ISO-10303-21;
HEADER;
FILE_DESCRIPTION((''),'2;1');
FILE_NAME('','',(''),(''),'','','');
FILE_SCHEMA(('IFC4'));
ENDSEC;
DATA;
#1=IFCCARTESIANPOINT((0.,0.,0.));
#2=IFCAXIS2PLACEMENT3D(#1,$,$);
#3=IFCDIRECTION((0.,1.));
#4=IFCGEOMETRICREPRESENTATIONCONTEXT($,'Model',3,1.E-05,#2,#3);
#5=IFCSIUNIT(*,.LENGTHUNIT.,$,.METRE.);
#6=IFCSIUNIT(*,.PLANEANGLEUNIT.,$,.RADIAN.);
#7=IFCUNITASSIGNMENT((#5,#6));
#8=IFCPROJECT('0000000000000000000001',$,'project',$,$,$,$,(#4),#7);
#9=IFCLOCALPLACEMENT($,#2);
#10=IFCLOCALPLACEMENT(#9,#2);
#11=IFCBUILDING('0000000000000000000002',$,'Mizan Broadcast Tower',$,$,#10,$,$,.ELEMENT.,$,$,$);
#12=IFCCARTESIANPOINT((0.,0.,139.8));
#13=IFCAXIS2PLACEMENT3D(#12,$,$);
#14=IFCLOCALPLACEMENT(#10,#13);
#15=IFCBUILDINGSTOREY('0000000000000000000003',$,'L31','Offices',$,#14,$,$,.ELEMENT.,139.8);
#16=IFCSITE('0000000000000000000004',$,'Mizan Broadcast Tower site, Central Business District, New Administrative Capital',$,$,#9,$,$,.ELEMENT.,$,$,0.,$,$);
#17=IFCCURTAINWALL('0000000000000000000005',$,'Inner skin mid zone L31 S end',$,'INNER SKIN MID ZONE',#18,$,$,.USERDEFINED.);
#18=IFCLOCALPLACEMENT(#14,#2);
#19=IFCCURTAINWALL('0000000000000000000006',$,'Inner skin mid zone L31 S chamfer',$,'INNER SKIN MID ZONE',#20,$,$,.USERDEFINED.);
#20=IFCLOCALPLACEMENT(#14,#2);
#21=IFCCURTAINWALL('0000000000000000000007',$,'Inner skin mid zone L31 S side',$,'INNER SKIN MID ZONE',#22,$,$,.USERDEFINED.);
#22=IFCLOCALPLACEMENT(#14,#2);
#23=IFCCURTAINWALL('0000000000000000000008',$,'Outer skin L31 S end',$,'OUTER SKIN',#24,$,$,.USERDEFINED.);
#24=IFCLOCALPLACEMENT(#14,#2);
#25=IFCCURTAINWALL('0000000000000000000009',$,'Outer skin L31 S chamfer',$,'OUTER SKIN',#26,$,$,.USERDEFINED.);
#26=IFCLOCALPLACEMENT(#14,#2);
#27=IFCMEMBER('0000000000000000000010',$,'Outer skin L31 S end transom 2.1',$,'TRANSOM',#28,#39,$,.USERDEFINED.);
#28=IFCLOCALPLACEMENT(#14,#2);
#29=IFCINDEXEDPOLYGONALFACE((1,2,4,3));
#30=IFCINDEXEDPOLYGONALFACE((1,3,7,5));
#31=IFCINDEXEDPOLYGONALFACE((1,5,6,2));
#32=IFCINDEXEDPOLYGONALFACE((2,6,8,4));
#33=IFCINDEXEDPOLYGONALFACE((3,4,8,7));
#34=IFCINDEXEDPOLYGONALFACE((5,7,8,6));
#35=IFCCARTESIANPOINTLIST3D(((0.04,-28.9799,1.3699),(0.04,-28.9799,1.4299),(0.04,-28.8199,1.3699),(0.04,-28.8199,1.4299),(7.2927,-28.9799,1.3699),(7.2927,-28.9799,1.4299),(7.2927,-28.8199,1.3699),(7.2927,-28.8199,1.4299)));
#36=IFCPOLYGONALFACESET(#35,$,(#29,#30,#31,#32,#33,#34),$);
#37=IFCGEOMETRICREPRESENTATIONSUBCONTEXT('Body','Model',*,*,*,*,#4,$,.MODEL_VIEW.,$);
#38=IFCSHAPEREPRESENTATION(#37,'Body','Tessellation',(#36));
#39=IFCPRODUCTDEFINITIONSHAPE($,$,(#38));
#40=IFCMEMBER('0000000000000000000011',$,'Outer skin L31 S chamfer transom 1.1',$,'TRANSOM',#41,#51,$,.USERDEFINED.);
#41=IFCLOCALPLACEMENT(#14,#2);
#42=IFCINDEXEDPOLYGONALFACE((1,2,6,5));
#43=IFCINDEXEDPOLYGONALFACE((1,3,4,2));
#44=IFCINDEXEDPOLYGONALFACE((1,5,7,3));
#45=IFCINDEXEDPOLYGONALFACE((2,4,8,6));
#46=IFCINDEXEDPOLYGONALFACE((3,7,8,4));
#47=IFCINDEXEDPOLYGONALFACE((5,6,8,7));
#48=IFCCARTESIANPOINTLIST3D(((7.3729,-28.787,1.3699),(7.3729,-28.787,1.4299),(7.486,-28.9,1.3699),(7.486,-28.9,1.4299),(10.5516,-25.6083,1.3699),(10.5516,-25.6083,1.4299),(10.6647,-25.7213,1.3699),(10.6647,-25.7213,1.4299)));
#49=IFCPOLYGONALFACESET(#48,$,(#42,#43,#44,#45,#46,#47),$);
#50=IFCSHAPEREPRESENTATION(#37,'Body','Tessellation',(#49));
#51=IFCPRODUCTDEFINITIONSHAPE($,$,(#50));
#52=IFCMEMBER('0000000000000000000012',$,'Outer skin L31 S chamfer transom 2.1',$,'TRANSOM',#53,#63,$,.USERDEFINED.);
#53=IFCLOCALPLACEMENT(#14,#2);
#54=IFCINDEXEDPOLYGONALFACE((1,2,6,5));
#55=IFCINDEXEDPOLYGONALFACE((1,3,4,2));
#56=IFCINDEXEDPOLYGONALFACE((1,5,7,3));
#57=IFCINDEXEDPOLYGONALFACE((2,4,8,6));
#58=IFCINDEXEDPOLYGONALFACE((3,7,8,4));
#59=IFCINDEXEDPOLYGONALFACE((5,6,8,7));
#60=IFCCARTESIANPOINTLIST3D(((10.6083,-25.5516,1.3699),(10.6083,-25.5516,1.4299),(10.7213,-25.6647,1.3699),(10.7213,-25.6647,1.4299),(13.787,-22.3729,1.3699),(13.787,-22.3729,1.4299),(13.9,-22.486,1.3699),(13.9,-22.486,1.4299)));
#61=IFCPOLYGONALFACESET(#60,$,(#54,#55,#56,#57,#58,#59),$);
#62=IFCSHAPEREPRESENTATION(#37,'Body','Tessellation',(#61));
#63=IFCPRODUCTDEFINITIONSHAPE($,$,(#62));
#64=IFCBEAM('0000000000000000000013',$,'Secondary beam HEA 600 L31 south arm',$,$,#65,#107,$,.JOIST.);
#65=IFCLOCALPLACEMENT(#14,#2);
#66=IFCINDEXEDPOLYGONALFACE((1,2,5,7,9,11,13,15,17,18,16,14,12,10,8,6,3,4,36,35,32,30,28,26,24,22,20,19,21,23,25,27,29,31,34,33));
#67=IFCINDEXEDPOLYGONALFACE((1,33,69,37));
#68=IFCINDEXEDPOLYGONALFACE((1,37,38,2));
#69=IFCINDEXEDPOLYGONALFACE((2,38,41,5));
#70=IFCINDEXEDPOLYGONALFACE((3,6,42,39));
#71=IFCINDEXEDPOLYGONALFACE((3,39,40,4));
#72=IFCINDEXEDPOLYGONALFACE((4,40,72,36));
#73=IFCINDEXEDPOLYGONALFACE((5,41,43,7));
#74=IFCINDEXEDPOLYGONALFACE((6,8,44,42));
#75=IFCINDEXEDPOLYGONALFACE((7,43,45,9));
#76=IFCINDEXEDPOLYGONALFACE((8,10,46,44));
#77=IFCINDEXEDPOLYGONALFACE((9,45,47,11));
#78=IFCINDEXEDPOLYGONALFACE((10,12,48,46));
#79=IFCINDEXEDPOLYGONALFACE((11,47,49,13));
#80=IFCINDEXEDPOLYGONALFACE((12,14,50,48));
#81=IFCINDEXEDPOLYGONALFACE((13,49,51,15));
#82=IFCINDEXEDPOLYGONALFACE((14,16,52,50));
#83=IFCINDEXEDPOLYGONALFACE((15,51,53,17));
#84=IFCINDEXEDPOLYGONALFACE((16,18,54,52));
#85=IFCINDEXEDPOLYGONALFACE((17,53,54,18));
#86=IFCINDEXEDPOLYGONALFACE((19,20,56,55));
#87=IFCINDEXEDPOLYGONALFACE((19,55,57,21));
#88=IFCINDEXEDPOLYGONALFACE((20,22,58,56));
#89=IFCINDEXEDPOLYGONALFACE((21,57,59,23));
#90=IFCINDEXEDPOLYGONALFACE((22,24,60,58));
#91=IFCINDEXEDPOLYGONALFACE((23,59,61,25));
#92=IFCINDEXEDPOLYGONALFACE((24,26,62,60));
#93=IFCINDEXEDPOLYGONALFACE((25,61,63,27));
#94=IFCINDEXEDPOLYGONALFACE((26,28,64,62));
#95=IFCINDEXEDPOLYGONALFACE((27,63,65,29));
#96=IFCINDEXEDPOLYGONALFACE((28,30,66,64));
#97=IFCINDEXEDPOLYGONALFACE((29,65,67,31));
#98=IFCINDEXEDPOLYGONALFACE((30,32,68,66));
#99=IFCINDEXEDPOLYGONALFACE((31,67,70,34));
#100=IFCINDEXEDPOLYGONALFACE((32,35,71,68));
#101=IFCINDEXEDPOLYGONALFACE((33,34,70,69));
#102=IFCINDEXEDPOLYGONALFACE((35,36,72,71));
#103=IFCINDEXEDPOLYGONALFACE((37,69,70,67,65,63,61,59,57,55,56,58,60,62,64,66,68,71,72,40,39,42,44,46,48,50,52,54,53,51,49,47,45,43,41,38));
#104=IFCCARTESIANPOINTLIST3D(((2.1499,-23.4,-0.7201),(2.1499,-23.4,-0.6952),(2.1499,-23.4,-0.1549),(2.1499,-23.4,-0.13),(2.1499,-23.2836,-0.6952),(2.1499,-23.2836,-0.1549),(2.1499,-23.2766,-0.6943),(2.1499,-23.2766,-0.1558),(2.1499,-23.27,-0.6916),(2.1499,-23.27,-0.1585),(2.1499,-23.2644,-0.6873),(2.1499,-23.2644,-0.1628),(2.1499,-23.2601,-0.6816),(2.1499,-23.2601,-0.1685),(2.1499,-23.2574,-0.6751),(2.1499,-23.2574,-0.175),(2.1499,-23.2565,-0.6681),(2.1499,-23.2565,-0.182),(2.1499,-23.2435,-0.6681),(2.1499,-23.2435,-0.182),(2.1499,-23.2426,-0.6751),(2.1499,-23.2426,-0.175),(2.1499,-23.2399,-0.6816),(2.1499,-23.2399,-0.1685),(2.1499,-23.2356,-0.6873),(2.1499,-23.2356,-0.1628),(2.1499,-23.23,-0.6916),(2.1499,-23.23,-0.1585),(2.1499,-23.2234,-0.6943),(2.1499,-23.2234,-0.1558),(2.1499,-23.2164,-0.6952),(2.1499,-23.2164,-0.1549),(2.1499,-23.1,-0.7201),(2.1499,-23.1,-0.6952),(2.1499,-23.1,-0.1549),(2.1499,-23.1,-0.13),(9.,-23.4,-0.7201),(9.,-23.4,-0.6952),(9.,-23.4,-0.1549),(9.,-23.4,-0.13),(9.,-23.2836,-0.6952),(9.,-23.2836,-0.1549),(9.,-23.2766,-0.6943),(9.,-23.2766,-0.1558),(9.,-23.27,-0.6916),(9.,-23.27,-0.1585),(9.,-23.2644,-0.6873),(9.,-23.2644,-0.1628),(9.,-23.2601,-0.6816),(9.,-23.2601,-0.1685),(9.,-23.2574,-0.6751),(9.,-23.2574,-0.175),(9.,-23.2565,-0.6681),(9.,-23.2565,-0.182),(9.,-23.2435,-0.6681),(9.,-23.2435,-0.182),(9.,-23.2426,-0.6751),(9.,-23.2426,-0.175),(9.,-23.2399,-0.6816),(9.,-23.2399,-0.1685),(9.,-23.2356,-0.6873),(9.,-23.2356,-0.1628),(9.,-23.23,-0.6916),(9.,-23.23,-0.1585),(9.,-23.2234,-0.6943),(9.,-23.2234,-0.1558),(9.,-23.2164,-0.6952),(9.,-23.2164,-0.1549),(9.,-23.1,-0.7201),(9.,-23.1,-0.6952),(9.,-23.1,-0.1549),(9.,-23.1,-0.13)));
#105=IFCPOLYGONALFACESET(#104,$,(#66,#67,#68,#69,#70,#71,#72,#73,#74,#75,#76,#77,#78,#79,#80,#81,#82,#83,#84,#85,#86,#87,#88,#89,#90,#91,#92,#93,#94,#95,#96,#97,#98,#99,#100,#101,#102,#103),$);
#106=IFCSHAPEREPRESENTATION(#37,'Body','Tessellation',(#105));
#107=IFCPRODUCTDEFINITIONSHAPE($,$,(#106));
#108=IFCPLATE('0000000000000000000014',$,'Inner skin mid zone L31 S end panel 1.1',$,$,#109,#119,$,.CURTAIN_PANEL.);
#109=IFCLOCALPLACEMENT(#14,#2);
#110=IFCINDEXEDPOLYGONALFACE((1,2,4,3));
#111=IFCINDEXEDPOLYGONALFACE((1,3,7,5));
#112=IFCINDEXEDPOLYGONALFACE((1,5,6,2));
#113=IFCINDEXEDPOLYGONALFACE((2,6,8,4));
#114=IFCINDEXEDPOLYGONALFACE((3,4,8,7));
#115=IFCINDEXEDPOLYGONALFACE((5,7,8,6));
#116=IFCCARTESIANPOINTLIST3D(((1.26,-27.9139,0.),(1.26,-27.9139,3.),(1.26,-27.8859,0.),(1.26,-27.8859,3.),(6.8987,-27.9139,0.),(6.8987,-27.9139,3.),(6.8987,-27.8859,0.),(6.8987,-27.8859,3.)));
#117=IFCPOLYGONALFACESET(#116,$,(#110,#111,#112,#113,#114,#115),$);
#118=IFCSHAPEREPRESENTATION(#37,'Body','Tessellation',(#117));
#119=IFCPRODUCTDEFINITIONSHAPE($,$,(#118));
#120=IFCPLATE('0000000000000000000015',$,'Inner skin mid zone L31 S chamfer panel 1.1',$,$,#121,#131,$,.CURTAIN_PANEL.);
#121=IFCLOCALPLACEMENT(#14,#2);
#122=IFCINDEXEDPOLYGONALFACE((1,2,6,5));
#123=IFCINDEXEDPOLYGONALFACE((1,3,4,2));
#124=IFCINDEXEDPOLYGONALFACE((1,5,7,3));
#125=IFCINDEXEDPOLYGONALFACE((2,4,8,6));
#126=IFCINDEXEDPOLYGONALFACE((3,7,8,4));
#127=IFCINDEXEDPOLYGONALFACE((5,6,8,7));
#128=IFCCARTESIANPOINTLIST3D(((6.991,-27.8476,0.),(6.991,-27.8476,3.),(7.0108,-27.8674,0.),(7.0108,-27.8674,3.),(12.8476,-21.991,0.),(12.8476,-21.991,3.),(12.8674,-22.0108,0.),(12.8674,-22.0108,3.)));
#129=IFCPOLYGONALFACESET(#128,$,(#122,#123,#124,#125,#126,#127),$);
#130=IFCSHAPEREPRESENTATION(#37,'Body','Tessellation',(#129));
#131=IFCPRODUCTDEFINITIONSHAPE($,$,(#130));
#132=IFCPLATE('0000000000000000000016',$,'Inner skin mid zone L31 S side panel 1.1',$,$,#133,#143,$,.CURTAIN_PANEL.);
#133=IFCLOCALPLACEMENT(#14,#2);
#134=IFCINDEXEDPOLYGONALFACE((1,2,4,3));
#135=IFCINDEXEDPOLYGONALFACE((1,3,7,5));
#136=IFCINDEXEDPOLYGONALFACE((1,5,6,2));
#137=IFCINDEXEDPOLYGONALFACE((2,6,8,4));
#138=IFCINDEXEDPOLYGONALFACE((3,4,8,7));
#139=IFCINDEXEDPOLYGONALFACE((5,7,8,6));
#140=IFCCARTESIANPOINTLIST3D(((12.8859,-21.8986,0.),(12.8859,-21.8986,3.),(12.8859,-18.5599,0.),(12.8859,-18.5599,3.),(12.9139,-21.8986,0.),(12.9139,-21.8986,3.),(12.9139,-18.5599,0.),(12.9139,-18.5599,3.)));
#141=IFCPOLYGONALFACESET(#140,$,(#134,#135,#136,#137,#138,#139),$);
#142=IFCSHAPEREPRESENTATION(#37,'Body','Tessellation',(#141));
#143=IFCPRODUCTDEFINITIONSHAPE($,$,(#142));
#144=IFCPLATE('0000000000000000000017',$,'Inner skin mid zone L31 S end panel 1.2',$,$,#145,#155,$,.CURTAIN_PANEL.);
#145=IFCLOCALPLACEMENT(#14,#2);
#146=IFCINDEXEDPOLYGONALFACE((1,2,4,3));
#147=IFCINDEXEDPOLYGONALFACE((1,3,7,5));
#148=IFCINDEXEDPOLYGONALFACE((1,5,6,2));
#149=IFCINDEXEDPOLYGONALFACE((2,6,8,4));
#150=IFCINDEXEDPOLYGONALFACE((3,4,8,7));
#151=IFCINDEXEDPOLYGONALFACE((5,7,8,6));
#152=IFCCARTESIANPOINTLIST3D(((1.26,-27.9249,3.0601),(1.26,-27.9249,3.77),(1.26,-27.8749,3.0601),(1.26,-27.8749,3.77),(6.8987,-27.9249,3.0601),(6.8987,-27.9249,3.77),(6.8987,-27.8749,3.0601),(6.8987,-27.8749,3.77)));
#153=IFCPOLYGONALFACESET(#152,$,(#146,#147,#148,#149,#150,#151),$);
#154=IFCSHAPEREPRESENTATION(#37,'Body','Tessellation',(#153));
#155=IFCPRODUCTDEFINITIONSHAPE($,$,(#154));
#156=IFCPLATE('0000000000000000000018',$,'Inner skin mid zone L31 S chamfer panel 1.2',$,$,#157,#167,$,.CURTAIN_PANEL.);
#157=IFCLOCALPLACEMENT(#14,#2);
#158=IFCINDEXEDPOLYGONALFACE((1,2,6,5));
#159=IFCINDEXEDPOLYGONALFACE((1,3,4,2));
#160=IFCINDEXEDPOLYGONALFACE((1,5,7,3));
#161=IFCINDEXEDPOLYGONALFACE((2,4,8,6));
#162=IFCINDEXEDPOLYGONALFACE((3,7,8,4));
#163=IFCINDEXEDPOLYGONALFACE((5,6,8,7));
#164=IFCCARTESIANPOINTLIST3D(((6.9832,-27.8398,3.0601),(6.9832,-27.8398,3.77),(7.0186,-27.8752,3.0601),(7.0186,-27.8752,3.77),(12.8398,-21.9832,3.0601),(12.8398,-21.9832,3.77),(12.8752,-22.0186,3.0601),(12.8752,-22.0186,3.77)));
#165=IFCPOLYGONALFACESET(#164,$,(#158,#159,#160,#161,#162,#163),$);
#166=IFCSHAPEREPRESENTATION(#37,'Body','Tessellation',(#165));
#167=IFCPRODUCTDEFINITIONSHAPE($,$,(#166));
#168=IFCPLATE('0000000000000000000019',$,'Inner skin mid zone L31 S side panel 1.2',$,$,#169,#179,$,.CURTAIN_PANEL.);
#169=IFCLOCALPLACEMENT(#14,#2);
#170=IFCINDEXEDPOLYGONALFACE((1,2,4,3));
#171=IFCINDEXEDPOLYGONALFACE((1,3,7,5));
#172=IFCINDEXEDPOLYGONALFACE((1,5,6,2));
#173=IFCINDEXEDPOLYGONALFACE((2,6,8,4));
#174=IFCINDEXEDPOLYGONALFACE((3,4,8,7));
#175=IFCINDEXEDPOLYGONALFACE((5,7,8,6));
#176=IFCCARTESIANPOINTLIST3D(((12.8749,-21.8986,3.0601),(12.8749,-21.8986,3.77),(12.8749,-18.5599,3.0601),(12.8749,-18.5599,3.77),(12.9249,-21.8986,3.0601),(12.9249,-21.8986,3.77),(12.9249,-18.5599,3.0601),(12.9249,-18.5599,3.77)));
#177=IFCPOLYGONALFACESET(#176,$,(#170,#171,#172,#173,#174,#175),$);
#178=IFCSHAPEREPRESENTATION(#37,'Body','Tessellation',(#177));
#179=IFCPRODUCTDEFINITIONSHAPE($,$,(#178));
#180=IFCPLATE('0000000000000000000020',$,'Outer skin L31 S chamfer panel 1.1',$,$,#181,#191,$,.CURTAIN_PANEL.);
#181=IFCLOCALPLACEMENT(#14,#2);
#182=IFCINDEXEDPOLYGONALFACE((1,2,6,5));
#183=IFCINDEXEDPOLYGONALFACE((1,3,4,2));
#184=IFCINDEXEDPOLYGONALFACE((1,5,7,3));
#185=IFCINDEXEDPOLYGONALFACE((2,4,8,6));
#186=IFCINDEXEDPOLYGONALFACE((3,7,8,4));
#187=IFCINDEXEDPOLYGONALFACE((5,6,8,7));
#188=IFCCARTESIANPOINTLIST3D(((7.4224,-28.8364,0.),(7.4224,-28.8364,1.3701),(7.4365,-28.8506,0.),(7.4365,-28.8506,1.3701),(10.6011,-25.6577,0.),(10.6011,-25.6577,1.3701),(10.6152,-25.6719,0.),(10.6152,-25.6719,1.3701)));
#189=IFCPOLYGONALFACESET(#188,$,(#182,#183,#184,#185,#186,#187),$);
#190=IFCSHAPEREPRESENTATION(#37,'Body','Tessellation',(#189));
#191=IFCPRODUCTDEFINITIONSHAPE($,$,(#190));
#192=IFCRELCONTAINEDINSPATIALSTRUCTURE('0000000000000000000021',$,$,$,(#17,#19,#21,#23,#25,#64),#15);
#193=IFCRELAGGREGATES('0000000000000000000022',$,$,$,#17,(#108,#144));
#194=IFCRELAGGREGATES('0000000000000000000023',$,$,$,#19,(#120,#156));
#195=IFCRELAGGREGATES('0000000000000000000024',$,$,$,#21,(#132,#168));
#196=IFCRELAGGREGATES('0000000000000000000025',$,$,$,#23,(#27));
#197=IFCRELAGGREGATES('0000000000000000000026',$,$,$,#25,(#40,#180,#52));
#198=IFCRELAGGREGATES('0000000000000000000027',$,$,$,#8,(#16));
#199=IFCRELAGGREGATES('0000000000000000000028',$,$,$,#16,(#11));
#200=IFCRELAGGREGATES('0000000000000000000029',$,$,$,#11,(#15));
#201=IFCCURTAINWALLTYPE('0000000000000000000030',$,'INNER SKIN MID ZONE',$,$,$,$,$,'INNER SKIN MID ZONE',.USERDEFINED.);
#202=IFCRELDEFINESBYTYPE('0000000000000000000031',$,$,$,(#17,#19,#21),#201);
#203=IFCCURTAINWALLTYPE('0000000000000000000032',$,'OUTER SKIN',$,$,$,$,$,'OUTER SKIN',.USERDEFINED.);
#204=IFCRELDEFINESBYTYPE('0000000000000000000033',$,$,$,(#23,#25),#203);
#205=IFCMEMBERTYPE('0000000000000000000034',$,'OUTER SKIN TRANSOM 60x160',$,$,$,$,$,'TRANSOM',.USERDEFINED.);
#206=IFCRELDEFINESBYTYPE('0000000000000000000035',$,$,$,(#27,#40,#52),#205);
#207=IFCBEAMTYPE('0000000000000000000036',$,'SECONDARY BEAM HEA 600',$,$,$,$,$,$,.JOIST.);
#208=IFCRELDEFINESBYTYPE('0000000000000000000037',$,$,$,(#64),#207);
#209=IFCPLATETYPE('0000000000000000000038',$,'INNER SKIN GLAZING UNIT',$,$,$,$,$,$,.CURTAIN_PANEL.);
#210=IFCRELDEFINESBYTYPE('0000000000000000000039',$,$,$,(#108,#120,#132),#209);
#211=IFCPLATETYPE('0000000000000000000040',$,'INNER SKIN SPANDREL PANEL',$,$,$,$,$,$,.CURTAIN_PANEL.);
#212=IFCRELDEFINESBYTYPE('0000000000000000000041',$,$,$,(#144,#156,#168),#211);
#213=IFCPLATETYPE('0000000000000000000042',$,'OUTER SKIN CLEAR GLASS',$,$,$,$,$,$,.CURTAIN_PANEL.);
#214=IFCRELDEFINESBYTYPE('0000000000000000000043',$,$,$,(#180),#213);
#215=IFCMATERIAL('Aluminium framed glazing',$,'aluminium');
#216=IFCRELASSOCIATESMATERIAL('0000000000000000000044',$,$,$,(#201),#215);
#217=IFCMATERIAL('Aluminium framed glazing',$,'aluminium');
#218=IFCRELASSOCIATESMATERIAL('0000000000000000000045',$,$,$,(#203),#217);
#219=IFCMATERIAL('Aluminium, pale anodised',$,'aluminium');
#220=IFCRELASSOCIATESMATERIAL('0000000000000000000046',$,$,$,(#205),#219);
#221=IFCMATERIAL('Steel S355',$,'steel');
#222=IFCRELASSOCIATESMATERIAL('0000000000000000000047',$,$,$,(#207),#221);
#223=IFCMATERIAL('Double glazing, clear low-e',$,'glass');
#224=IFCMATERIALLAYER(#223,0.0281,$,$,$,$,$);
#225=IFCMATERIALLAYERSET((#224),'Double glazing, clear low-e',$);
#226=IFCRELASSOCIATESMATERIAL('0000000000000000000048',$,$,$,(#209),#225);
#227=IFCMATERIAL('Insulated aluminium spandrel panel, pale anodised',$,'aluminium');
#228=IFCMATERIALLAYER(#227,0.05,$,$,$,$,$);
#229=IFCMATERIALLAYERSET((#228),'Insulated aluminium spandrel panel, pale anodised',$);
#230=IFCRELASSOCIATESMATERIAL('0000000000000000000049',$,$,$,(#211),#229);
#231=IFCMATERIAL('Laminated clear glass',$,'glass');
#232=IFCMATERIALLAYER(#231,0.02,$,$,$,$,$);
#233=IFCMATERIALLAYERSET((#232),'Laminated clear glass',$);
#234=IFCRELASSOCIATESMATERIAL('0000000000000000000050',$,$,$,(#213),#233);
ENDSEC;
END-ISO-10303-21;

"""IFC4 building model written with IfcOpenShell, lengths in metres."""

from ifc_helpers import new_model, si_unit, direction, frame, origin, origin_2d, place, context, subcontext, project, spatial, rectangle, i_section, extrude, material, layer, layer_set, material_profile, profile_set, type_object, element, aggregate, save


model = new_model("IFC4")

# Units and contexts
model_context = context("Model", 3, precision=1e-05, world=origin(), true_north=direction((0.0, 1.0)))
body_context = subcontext(model_context, "Body", "Model", "MODEL_VIEW")
ifc_project = project(units=[si_unit("LENGTHUNIT", "METRE"), si_unit("PLANEANGLEUNIT", "RADIAN")], contexts=[model_context])

# Site, building, storey
site_placement = place(None, origin())
site = spatial("IfcSite", under=ifc_project, at=site_placement, Name="Mizan Broadcast Tower site, Central Business District, New Administrative Capital", CompositionType="ELEMENT", RefElevation=0.0)
building_placement = place(site_placement, origin())
building = spatial("IfcBuilding", under=site, at=building_placement, Name="Mizan Broadcast Tower", CompositionType="ELEMENT")
storey_placement = place(building_placement, frame((0.0, 0.0, 139.8)))
storey = spatial("IfcBuildingStorey", under=building, at=storey_placement, Name="L31", Description="Offices", CompositionType="ELEMENT", Elevation=139.8)

# Curtain wall
ifc_material_1 = material(Name="Aluminium framed glazing", Category="aluminium")
curtain_wall_type_1 = type_object("IfcCurtainWallType", Name="INNER SKIN MID ZONE", ElementType="INNER SKIN MID ZONE", PredefinedType="USERDEFINED", material=ifc_material_1)
curtain_wall_1_placement = place(storey_placement, origin())
curtain_wall_1 = element("IfcCurtainWall", 1, at=curtain_wall_1_placement, inside=storey, type_object=curtain_wall_type_1, Name="Inner skin mid zone L31 S end", ObjectType="INNER SKIN MID ZONE", PredefinedType="USERDEFINED")

# Curtain wall
curtain_wall_2_placement = place(storey_placement, origin())
curtain_wall_2 = element("IfcCurtainWall", 2, at=curtain_wall_2_placement, inside=storey, type_object=curtain_wall_type_1, Name="Inner skin mid zone L31 S chamfer", ObjectType="INNER SKIN MID ZONE", PredefinedType="USERDEFINED")

# Curtain wall
curtain_wall_3_placement = place(storey_placement, origin())
curtain_wall_3 = element("IfcCurtainWall", 3, at=curtain_wall_3_placement, inside=storey, type_object=curtain_wall_type_1, Name="Inner skin mid zone L31 S side", ObjectType="INNER SKIN MID ZONE", PredefinedType="USERDEFINED")

# Curtain wall
ifc_material_2 = material(Name="Aluminium framed glazing", Category="aluminium")
curtain_wall_type_2 = type_object("IfcCurtainWallType", Name="OUTER SKIN", ElementType="OUTER SKIN", PredefinedType="USERDEFINED", material=ifc_material_2)
curtain_wall_4_placement = place(storey_placement, origin())
curtain_wall_4 = element("IfcCurtainWall", 4, at=curtain_wall_4_placement, inside=storey, type_object=curtain_wall_type_2, Name="Outer skin L31 S end", ObjectType="OUTER SKIN", PredefinedType="USERDEFINED")

# Curtain wall
curtain_wall_5_placement = place(storey_placement, origin())
curtain_wall_5 = element("IfcCurtainWall", 5, at=curtain_wall_5_placement, inside=storey, type_object=curtain_wall_type_2, Name="Outer skin L31 S chamfer", ObjectType="OUTER SKIN", PredefinedType="USERDEFINED")

# Members
ifc_material_3 = material(Name="Aluminium, pale anodised", Category="aluminium")
ifc_material_profile_1 = material_profile(ifc_material_3, rectangle(XDim=0.1599, YDim=0.0601, at=origin_2d()), Name="TRANSOM 160x60")
ifc_profile_set_1 = profile_set([ifc_material_profile_1], Name="Aluminium, pale anodised")
member_type_1 = type_object("IfcMemberType", Name="OUTER SKIN TRANSOM 60x160", ElementType="TRANSOM", PredefinedType="USERDEFINED", material=ifc_profile_set_1)
member_1_placement = place(storey_placement, frame((0.04, -28.8999, 1.3999), z_axis=(1.0, 0.0, 0.0), x_axis=(0.0, 1.0, 0.0)))
member_1 = element("IfcMember", 6, at=member_1_placement, type_object=member_type_1, Name="Outer skin L31 S end transom 2.1", ObjectType="TRANSOM", PredefinedType="USERDEFINED", context=body_context, shape_type="SweptSolid", body=[
    extrude(rectangle(XDim=0.1599, YDim=0.0601, at=origin_2d()), origin(), (0.0, 0.0, 1.0), 7.2527),
])
member_2_placement = place(storey_placement, frame((7.4294, -28.8435, 1.3999), z_axis=(0.707107, 0.707107, 0.0), x_axis=(-0.707107, 0.707107, 0.0)))
member_2 = element("IfcMember", 7, at=member_2_placement, type_object=member_type_1, Name="Outer skin L31 S chamfer transom 1.1", ObjectType="TRANSOM", PredefinedType="USERDEFINED", context=body_context, shape_type="SweptSolid", body=[
    extrude(rectangle(XDim=0.1599, YDim=0.0601, at=origin_2d()), origin(), (0.0, 0.0, 1.0), 4.4954),
])
member_3_placement = place(storey_placement, frame((10.6648, -25.6082, 1.3999), z_axis=(0.707107, 0.707107, 0.0), x_axis=(-0.707107, 0.707107, 0.0)))
member_3 = element("IfcMember", 8, at=member_3_placement, type_object=member_type_1, Name="Outer skin L31 S chamfer transom 2.1", ObjectType="TRANSOM", PredefinedType="USERDEFINED", context=body_context, shape_type="SweptSolid", body=[
    extrude(rectangle(XDim=0.1599, YDim=0.0601, at=origin_2d()), origin(), (0.0, 0.0, 1.0), 4.4954),
])

# Beam
ifc_material_4 = material(Name="Steel S355", Category="steel")
ifc_material_profile_2 = material_profile(ifc_material_4, i_section(OverallWidth=0.3, OverallDepth=0.5901, WebThickness=0.0129, FlangeThickness=0.0249, FilletRadius=0.0271, at=origin_2d()), Name="HEA 600")
ifc_profile_set_2 = profile_set([ifc_material_profile_2], Name="Steel S355")
beam_type_1 = type_object("IfcBeamType", Name="SECONDARY BEAM HEA 600", PredefinedType="JOIST", material=ifc_profile_set_2)
beam_1_placement = place(storey_placement, frame((9.0, -23.25, -0.425), z_axis=(-1.0, 0.0, 0.0), x_axis=(0.0, -1.0, 0.0)))
element("IfcBeam", 9, at=beam_1_placement, inside=storey, type_object=beam_type_1, Name="Secondary beam HEA 600 L31 south arm", PredefinedType="JOIST", context=body_context, shape_type="SweptSolid", body=[
    extrude(i_section(OverallWidth=0.3, OverallDepth=0.5901, WebThickness=0.0129, FlangeThickness=0.0249, FilletRadius=0.0271, at=origin_2d()), origin(), (0.0, 0.0, 1.0), 6.8501),
])

# Plates
ifc_material_5 = material(Name="Double glazing, clear low-e", Category="glass")
ifc_layer_1 = layer(ifc_material_5, 0.0281)
ifc_layer_set_1 = layer_set([ifc_layer_1], Name="Double glazing, clear low-e")
plate_type_1 = type_object("IfcPlateType", Name="INNER SKIN GLAZING UNIT", PredefinedType="CURTAIN_PANEL", material=ifc_layer_set_1)
plate_1_placement = place(storey_placement, frame((4.0793, -27.8999, 0.0), z_axis=(0.0, 0.0, 1.0), x_axis=(1.0, 0.0, 0.0)))
plate_1 = element("IfcPlate", 10, at=plate_1_placement, type_object=plate_type_1, Name="Inner skin mid zone L31 S end panel 1.1", PredefinedType="CURTAIN_PANEL", context=body_context, shape_type="SweptSolid", body=[
    extrude(rectangle(XDim=5.6387, YDim=0.0281, at=origin_2d()), origin(), (0.0, 0.0, 1.0), 3.0),
])
plate_2_placement = place(storey_placement, frame((9.9292, -24.9292, 0.0), z_axis=(0.0, 0.0, 1.0), x_axis=(0.707107, 0.707107, 0.0)))
plate_2 = element("IfcPlate", 11, at=plate_2_placement, type_object=plate_type_1, Name="Inner skin mid zone L31 S chamfer panel 1.1", PredefinedType="CURTAIN_PANEL", context=body_context, shape_type="SweptSolid", body=[
    extrude(rectangle(XDim=8.2825, YDim=0.0281, at=origin_2d()), origin(), (0.0, 0.0, 1.0), 3.0),
])
plate_3_placement = place(storey_placement, frame((12.8999, -20.2292, 0.0), z_axis=(0.0, 0.0, 1.0), x_axis=(0.0, 1.0, 0.0)))
plate_3 = element("IfcPlate", 12, at=plate_3_placement, type_object=plate_type_1, Name="Inner skin mid zone L31 S side panel 1.1", PredefinedType="CURTAIN_PANEL", context=body_context, shape_type="SweptSolid", body=[
    extrude(rectangle(XDim=3.3386, YDim=0.0281, at=origin_2d()), origin(), (0.0, 0.0, 1.0), 3.0),
])
ifc_material_6 = material(Name="Insulated aluminium spandrel panel, pale anodised", Category="aluminium")
ifc_layer_2 = layer(ifc_material_6, 0.05)
ifc_layer_set_2 = layer_set([ifc_layer_2], Name="Insulated aluminium spandrel panel, pale anodised")
plate_type_2 = type_object("IfcPlateType", Name="INNER SKIN SPANDREL PANEL", PredefinedType="CURTAIN_PANEL", material=ifc_layer_set_2)
plate_4_placement = place(storey_placement, frame((4.0793, -27.8999, 3.0601), z_axis=(0.0, 0.0, 1.0), x_axis=(1.0, 0.0, 0.0)))
plate_4 = element("IfcPlate", 13, at=plate_4_placement, type_object=plate_type_2, Name="Inner skin mid zone L31 S end panel 1.2", PredefinedType="CURTAIN_PANEL", context=body_context, shape_type="SweptSolid", body=[
    extrude(rectangle(XDim=5.6387, YDim=0.05, at=origin_2d()), origin(), (0.0, 0.0, 1.0), 0.71),
])
aggregate(curtain_wall_1, [plate_1, plate_4])
plate_5_placement = place(storey_placement, frame((9.9292, -24.9292, 3.0601), z_axis=(0.0, 0.0, 1.0), x_axis=(0.707107, 0.707107, 0.0)))
plate_5 = element("IfcPlate", 14, at=plate_5_placement, type_object=plate_type_2, Name="Inner skin mid zone L31 S chamfer panel 1.2", PredefinedType="CURTAIN_PANEL", context=body_context, shape_type="SweptSolid", body=[
    extrude(rectangle(XDim=8.2825, YDim=0.05, at=origin_2d()), origin(), (0.0, 0.0, 1.0), 0.71),
])
aggregate(curtain_wall_2, [plate_2, plate_5])
plate_6_placement = place(storey_placement, frame((12.8999, -20.2292, 3.0601), z_axis=(0.0, 0.0, 1.0), x_axis=(0.0, 1.0, 0.0)))
plate_6 = element("IfcPlate", 15, at=plate_6_placement, type_object=plate_type_2, Name="Inner skin mid zone L31 S side panel 1.2", PredefinedType="CURTAIN_PANEL", context=body_context, shape_type="SweptSolid", body=[
    extrude(rectangle(XDim=3.3386, YDim=0.05, at=origin_2d()), origin(), (0.0, 0.0, 1.0), 0.71),
])
aggregate(curtain_wall_3, [plate_3, plate_6])
ifc_material_7 = material(Name="Laminated clear glass", Category="glass")
ifc_layer_3 = layer(ifc_material_7, 0.02)
ifc_layer_set_3 = layer_set([ifc_layer_3], Name="Laminated clear glass")
plate_type_3 = type_object("IfcPlateType", Name="OUTER SKIN CLEAR GLASS", PredefinedType="CURTAIN_PANEL", material=ifc_layer_set_3)
plate_7_placement = place(storey_placement, frame((9.0188, -27.2542, 0.0), z_axis=(0.0, 0.0, 1.0), x_axis=(0.707107, 0.707107, 0.0)))
plate_7 = element("IfcPlate", 16, at=plate_7_placement, type_object=plate_type_3, Name="Outer skin L31 S chamfer panel 1.1", PredefinedType="CURTAIN_PANEL", context=body_context, shape_type="SweptSolid", body=[
    extrude(rectangle(XDim=4.4954, YDim=0.02, at=origin_2d()), origin(), (0.0, 0.0, 1.0), 1.3701),
])
aggregate(curtain_wall_4, [member_1])
aggregate(curtain_wall_5, [member_2, plate_7, member_3])

save(model, "model.ifc")
